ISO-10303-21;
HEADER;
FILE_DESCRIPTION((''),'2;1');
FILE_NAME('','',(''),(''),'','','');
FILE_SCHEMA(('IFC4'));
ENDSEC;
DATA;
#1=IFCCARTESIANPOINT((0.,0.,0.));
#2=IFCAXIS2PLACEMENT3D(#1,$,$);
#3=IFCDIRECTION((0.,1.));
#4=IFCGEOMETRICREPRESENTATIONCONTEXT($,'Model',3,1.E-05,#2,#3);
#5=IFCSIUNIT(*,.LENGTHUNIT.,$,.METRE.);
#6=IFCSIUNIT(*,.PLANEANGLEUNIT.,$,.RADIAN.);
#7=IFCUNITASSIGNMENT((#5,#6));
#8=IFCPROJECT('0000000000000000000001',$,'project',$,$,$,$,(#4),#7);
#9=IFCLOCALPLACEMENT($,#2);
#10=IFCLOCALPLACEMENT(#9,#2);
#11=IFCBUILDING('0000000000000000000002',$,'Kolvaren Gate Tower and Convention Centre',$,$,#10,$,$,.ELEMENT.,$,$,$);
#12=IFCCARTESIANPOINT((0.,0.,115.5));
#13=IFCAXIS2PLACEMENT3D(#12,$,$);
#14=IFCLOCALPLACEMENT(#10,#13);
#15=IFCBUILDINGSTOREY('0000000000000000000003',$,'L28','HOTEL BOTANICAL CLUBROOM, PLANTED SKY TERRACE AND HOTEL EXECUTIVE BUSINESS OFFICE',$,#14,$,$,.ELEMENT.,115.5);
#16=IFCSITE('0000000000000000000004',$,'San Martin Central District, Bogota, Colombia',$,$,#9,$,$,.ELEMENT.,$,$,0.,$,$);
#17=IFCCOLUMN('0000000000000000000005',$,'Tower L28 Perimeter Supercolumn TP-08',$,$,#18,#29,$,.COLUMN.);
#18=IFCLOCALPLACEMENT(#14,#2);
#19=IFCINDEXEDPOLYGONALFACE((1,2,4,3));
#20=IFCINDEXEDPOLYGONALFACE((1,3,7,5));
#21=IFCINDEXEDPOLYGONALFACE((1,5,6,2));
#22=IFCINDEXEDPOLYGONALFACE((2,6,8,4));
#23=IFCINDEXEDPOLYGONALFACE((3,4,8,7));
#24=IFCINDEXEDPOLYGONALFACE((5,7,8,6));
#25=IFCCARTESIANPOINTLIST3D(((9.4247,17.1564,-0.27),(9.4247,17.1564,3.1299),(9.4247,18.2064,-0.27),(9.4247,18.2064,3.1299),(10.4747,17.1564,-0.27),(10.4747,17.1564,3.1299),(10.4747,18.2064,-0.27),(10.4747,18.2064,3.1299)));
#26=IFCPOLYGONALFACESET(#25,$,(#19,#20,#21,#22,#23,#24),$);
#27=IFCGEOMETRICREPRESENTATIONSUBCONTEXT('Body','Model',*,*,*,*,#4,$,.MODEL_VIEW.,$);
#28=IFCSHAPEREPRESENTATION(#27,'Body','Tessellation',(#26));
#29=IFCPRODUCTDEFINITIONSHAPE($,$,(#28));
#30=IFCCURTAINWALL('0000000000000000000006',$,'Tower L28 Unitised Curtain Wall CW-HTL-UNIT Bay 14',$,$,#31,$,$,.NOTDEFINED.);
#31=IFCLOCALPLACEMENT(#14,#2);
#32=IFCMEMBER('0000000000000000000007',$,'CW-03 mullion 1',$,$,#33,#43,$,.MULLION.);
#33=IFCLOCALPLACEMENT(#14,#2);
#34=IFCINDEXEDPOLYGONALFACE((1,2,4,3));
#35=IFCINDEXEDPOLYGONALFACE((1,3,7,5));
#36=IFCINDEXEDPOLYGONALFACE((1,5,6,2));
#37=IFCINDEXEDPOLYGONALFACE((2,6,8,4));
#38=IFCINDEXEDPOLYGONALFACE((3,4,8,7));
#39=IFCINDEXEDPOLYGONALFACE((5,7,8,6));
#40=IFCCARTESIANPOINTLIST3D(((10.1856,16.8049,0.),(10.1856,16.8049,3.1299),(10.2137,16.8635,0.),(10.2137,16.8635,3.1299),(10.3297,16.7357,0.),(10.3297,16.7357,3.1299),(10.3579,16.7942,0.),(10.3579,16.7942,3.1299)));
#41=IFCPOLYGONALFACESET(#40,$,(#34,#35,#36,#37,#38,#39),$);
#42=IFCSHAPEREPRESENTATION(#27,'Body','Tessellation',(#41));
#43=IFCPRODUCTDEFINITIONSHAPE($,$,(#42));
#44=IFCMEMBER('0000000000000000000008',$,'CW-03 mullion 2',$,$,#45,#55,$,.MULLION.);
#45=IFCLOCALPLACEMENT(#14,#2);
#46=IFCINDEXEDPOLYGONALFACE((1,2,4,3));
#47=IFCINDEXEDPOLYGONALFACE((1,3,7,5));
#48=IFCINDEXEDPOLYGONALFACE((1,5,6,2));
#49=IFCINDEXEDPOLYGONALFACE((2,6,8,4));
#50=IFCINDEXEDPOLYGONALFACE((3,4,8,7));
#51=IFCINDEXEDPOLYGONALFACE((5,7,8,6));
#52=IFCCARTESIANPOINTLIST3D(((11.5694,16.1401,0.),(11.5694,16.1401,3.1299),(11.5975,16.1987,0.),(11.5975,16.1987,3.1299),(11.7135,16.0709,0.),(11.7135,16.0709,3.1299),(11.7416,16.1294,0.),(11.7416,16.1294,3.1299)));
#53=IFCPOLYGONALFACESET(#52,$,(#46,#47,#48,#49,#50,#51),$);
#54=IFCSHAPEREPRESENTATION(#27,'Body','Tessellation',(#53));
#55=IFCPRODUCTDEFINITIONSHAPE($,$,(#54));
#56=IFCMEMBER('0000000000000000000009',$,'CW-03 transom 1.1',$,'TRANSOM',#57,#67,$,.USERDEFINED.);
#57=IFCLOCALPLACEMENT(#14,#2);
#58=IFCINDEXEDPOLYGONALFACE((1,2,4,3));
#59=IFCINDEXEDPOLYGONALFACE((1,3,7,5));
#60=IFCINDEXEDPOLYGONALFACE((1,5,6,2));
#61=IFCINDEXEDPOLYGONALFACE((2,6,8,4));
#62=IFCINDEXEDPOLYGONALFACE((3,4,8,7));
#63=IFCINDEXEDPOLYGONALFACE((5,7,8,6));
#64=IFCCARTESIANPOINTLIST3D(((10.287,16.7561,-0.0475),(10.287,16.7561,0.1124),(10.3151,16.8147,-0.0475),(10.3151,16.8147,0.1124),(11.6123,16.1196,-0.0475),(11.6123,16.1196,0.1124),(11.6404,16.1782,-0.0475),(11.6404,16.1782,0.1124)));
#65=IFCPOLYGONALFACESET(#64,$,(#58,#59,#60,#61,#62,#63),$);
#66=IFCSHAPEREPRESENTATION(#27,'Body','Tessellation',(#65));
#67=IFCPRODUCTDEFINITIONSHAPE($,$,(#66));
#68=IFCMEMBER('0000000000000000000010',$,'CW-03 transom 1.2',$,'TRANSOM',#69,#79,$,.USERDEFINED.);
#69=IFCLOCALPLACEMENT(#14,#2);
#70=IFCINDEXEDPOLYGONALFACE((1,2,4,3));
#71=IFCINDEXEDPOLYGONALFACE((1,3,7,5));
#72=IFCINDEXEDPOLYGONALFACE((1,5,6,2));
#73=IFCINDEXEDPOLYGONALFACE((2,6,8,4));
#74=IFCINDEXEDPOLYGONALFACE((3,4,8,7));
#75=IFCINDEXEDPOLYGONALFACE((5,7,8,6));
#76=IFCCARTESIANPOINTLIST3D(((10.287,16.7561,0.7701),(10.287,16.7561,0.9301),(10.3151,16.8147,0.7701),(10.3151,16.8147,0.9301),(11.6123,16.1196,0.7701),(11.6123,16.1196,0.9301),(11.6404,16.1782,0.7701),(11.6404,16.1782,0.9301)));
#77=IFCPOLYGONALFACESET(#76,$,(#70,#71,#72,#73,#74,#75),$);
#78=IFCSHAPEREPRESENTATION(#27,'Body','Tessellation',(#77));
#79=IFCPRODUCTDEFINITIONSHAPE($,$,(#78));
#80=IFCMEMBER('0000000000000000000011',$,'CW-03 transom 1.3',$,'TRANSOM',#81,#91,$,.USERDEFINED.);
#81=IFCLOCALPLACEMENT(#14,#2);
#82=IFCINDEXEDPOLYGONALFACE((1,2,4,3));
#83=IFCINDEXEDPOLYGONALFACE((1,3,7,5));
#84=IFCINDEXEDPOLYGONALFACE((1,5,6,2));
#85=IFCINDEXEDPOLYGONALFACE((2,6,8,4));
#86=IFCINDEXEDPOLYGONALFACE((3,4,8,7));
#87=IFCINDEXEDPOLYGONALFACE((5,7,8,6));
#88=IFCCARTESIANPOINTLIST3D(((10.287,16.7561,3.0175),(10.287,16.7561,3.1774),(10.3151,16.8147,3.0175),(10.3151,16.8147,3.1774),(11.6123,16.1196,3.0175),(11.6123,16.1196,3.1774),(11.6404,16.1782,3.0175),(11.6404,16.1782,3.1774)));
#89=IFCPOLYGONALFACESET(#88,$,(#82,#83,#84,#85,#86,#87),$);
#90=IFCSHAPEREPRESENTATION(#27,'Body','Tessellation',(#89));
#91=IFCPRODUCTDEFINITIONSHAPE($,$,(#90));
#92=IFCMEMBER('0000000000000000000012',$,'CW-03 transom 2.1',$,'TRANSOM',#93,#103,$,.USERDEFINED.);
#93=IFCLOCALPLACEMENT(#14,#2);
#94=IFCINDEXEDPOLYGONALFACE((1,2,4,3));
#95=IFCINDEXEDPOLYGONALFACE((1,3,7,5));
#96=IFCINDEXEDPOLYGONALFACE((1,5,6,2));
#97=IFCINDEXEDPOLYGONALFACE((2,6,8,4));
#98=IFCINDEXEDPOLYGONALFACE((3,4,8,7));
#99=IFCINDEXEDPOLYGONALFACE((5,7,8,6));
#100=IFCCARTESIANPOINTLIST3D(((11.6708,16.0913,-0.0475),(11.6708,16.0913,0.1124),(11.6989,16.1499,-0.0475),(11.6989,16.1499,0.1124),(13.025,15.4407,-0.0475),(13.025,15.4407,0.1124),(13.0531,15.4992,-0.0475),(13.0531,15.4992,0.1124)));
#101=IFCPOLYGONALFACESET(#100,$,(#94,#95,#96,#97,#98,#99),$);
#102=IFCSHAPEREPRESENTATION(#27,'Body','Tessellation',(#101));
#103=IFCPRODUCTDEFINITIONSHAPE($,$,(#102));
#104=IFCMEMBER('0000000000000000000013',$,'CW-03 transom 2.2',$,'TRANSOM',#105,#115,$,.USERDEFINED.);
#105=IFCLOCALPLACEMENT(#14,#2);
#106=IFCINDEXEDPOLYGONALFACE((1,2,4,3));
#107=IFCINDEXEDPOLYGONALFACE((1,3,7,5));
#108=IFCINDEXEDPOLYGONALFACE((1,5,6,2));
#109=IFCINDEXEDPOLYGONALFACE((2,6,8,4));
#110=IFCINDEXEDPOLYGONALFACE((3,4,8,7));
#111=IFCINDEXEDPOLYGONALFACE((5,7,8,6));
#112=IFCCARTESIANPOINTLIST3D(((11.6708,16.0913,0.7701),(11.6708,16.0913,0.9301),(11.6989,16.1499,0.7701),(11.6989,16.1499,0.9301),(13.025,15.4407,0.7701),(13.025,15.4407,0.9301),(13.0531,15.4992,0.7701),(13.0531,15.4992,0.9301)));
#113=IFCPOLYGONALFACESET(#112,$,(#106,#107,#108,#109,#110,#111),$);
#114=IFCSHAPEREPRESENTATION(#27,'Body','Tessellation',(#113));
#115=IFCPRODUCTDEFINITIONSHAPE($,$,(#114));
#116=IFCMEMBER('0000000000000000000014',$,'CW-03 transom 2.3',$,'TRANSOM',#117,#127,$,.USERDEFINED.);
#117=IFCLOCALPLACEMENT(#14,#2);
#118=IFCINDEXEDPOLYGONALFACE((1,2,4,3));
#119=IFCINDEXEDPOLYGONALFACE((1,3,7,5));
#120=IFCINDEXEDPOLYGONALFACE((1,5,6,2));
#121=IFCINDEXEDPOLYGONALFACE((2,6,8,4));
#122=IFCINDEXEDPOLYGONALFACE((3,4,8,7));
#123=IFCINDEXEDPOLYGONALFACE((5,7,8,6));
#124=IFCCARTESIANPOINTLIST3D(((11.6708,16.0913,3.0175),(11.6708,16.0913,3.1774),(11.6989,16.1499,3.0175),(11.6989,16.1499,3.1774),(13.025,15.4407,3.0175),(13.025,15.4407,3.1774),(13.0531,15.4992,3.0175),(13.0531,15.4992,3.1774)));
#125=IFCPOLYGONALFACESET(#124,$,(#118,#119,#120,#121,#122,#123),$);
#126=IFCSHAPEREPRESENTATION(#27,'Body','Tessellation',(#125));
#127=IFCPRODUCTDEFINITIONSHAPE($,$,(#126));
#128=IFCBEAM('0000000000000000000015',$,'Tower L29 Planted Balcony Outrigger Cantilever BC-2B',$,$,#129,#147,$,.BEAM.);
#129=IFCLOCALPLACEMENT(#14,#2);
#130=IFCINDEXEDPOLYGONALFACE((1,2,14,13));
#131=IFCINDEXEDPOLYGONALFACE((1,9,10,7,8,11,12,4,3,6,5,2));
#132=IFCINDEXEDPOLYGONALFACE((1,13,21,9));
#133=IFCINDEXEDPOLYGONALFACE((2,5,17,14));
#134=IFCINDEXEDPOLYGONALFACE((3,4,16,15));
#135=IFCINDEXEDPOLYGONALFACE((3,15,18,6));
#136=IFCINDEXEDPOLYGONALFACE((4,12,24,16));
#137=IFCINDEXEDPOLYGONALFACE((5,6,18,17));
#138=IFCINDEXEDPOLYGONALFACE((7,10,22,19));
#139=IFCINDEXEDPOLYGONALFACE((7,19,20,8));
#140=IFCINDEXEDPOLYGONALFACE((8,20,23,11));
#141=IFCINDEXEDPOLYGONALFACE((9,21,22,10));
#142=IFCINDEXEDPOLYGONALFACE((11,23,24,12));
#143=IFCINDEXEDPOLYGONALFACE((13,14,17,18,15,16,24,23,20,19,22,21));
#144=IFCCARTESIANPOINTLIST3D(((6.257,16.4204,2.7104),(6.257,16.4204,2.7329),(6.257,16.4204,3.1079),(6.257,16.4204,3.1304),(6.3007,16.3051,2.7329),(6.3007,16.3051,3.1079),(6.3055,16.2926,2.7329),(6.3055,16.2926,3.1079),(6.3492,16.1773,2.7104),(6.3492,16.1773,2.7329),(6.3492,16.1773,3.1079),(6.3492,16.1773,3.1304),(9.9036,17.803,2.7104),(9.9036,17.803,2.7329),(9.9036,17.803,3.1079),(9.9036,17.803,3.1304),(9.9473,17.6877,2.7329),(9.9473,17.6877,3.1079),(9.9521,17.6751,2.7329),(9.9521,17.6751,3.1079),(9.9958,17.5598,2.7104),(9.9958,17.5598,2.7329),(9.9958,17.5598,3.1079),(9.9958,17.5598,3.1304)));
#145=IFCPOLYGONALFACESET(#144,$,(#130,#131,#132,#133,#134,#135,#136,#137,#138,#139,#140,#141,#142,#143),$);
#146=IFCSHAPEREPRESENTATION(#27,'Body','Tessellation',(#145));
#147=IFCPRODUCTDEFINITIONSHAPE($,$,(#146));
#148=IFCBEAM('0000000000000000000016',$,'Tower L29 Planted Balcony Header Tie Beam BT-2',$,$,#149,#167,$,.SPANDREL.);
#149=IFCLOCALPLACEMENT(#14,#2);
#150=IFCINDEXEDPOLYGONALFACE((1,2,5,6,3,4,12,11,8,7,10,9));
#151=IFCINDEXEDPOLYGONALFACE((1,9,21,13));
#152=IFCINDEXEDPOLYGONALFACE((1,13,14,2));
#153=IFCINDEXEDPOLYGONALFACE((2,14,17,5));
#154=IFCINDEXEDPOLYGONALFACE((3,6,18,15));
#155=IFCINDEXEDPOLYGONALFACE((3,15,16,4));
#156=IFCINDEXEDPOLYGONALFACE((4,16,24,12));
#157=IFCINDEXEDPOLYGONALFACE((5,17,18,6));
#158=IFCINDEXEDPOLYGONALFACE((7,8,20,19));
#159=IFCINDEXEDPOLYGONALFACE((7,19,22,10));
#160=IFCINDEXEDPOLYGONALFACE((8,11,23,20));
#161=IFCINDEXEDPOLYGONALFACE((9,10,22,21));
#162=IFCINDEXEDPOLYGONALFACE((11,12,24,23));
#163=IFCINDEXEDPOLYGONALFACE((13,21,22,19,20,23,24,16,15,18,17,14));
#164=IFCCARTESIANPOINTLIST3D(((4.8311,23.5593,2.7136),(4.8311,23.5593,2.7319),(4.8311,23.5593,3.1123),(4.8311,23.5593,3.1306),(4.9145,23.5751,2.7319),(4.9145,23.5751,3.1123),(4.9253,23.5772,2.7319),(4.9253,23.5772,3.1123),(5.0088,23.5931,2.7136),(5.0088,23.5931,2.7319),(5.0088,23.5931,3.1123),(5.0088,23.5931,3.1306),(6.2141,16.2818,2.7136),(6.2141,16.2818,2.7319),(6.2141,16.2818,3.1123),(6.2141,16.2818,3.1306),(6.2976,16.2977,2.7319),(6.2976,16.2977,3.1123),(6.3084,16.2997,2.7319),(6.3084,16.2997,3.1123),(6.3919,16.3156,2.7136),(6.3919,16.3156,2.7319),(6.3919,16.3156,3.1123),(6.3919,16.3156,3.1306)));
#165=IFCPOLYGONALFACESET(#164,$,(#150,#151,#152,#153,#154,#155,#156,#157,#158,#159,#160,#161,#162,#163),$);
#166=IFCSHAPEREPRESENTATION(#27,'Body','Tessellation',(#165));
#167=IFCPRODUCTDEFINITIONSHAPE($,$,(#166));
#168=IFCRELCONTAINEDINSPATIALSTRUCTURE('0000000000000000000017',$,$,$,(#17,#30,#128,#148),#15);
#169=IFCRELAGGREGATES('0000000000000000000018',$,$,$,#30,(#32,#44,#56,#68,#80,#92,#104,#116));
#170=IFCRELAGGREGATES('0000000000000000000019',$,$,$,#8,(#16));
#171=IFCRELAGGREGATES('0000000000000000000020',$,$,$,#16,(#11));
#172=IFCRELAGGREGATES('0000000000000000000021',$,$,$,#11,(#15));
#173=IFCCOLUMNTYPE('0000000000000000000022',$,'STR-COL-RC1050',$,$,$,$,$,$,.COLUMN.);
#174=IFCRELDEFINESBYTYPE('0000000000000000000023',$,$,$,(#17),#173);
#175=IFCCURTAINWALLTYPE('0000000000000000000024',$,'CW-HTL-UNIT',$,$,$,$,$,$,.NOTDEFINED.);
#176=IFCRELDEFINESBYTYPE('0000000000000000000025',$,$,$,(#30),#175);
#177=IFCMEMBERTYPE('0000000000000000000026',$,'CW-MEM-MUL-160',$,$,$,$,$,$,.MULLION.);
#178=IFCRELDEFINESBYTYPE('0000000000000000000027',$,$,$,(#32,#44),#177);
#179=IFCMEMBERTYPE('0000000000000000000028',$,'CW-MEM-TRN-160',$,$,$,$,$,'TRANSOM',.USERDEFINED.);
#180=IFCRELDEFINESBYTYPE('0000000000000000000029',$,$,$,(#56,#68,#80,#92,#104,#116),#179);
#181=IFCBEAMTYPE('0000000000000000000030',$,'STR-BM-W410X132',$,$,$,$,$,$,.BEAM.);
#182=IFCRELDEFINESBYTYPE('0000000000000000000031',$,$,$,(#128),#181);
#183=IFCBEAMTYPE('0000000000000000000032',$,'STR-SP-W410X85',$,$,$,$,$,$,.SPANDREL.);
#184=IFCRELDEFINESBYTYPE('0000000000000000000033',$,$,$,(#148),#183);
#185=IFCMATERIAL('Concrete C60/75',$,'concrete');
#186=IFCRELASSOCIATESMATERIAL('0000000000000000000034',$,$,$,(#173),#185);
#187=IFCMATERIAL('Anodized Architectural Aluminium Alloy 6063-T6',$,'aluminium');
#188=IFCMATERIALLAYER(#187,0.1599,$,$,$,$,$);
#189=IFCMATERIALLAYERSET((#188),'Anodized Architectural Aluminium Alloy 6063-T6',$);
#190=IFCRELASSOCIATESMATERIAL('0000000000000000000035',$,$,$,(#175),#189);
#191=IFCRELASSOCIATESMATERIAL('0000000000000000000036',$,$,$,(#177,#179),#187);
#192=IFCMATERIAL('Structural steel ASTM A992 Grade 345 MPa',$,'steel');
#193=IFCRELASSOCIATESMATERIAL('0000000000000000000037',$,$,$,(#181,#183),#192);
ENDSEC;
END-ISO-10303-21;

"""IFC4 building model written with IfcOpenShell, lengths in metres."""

from ifc_helpers import new_model, si_unit, direction, frame, origin, origin_2d, place, context, subcontext, project, spatial, rectangle, i_section, extrude, material, layer, layer_set, material_profile, profile_set, type_object, element, aggregate, save


model = new_model("IFC4")

# Units and contexts
model_context = context("Model", 3, precision=1e-05, world=origin(), true_north=direction((0.0, 1.0)))
body_context = subcontext(model_context, "Body", "Model", "MODEL_VIEW")
ifc_project = project(units=[si_unit("LENGTHUNIT", "METRE"), si_unit("PLANEANGLEUNIT", "RADIAN")], contexts=[model_context])

# Site, building, storey
site_placement = place(None, origin())
site = spatial("IfcSite", under=ifc_project, at=site_placement, Name="San Martin Central District, Bogota, Colombia", CompositionType="ELEMENT", RefElevation=0.0)
building_placement = place(site_placement, origin())
building = spatial("IfcBuilding", under=site, at=building_placement, Name="Kolvaren Gate Tower and Convention Centre", CompositionType="ELEMENT")
storey_placement = place(building_placement, frame((0.0, 0.0, 115.5)))
storey = spatial("IfcBuildingStorey", under=building, at=storey_placement, Name="L28", Description="HOTEL BOTANICAL CLUBROOM, PLANTED SKY TERRACE AND HOTEL EXECUTIVE BUSINESS OFFICE", CompositionType="ELEMENT", Elevation=115.5)

# Column
ifc_material_1 = material(Name="Concrete C60/75", Category="concrete")
ifc_material_profile_1 = material_profile(ifc_material_1, rectangle(XDim=1.05, YDim=1.05, at=origin_2d()), Name="RC-COL-1050X1050")
ifc_profile_set_1 = profile_set([ifc_material_profile_1], Name="Concrete C60/75")
column_type = type_object("IfcColumnType", Name="STR-COL-RC1050", PredefinedType="COLUMN", material=ifc_profile_set_1)
column_placement = place(storey_placement, frame((9.9497, 17.6814, -0.27), z_axis=(0.0, 0.0, 1.0), x_axis=(1.0, 0.0, 0.0)))
element("IfcColumn", 1, at=column_placement, inside=storey, type_object=column_type, Name="Tower L28 Perimeter Supercolumn TP-08", PredefinedType="COLUMN", context=body_context, shape_type="SweptSolid", body=[
    extrude(rectangle(XDim=1.05, YDim=1.05, at=origin_2d()), origin(), (0.0, 0.0, 1.0), 3.3999),
])

# Curtain wall, members
ifc_material_2 = material(Name="Anodized Architectural Aluminium Alloy 6063-T6", Category="aluminium")
ifc_layer_1 = layer(ifc_material_2, 0.1599)
ifc_layer_set_1 = layer_set([ifc_layer_1], Name="Anodized Architectural Aluminium Alloy 6063-T6")
curtain_wall_type = type_object("IfcCurtainWallType", Name="CW-HTL-UNIT", PredefinedType="NOTDEFINED", material=ifc_layer_set_1)
curtain_wall_placement = place(storey_placement, origin())
curtain_wall = element("IfcCurtainWall", 2, at=curtain_wall_placement, inside=storey, type_object=curtain_wall_type, Name="Tower L28 Unitised Curtain Wall CW-HTL-UNIT Bay 14", PredefinedType="NOTDEFINED")
ifc_material_profile_2 = material_profile(ifc_material_2, rectangle(XDim=0.0649, YDim=0.1599, at=origin_2d()), Name="CW-MEM-MUL-160")
ifc_profile_set_2 = profile_set([ifc_material_profile_2], Name="Anodized Architectural Aluminium Alloy 6063-T6")
member_type_1 = type_object("IfcMemberType", Name="CW-MEM-MUL-160", PredefinedType="MULLION", material=ifc_profile_set_2)
member_1_placement = place(storey_placement, frame((10.2717, 16.7996, 0.0), z_axis=(0.0, 0.0, 1.0), x_axis=(0.433073, 0.901359, 0.0)))
member_1 = element("IfcMember", 3, at=member_1_placement, type_object=member_type_1, Name="CW-03 mullion 1", PredefinedType="MULLION", context=body_context, shape_type="SweptSolid", body=[
    extrude(rectangle(XDim=0.0649, YDim=0.1599, at=origin_2d()), origin(), (0.0, 0.0, 1.0), 3.1299),
])
member_2_placement = place(storey_placement, frame((11.6555, 16.1348, 0.0), z_axis=(0.0, 0.0, 1.0), x_axis=(0.433073, 0.901359, 0.0)))
member_2 = element("IfcMember", 4, at=member_2_placement, type_object=member_type_1, Name="CW-03 mullion 2", PredefinedType="MULLION", context=body_context, shape_type="SweptSolid", body=[
    extrude(rectangle(XDim=0.0649, YDim=0.1599, at=origin_2d()), origin(), (0.0, 0.0, 1.0), 3.1299),
])
ifc_material_profile_3 = material_profile(ifc_material_2, rectangle(XDim=0.0649, YDim=0.1599, at=origin_2d()), Name="CW-MEM-TRN-160")
ifc_profile_set_3 = profile_set([ifc_material_profile_3], Name="Anodized Architectural Aluminium Alloy 6063-T6")
member_type_2 = type_object("IfcMemberType", Name="CW-MEM-TRN-160", ElementType="TRANSOM", PredefinedType="USERDEFINED", material=ifc_profile_set_3)
member_3_placement = place(storey_placement, frame((10.301, 16.7854, 0.0325), z_axis=(0.901422, -0.432942, 0.0), x_axis=(0.432942, 0.901422, 0.0)))
member_3 = element("IfcMember", 5, at=member_3_placement, type_object=member_type_2, Name="CW-03 transom 1.1", ObjectType="TRANSOM", PredefinedType="USERDEFINED", context=body_context, shape_type="SweptSolid", body=[
    extrude(rectangle(XDim=0.0649, YDim=0.1599, at=origin_2d()), origin(), (0.0, 0.0, 1.0), 1.4702),
])
member_4_placement = place(storey_placement, frame((10.301, 16.7854, 0.8501), z_axis=(0.901422, -0.432942, 0.0), x_axis=(0.432942, 0.901422, 0.0)))
member_4 = element("IfcMember", 6, at=member_4_placement, type_object=member_type_2, Name="CW-03 transom 1.2", ObjectType="TRANSOM", PredefinedType="USERDEFINED", context=body_context, shape_type="SweptSolid", body=[
    extrude(rectangle(XDim=0.0649, YDim=0.1599, at=origin_2d()), origin(), (0.0, 0.0, 1.0), 1.4702),
])
member_5_placement = place(storey_placement, frame((10.301, 16.7854, 3.0974), z_axis=(0.901422, -0.432942, 0.0), x_axis=(0.432942, 0.901422, 0.0)))
member_5 = element("IfcMember", 7, at=member_5_placement, type_object=member_type_2, Name="CW-03 transom 1.3", ObjectType="TRANSOM", PredefinedType="USERDEFINED", context=body_context, shape_type="SweptSolid", body=[
    extrude(rectangle(XDim=0.0649, YDim=0.1599, at=origin_2d()), origin(), (0.0, 0.0, 1.0), 1.4702),
])
member_6_placement = place(storey_placement, frame((11.6848, 16.1206, 0.0325), z_axis=(0.901368, -0.433053, 0.0), x_axis=(0.433053, 0.901368, 0.0)))
member_6 = element("IfcMember", 8, at=member_6_placement, type_object=member_type_2, Name="CW-03 transom 2.1", ObjectType="TRANSOM", PredefinedType="USERDEFINED", context=body_context, shape_type="SweptSolid", body=[
    extrude(rectangle(XDim=0.0649, YDim=0.1599, at=origin_2d()), origin(), (0.0, 0.0, 1.0), 1.5024),
])
member_7_placement = place(storey_placement, frame((11.6848, 16.1206, 0.8501), z_axis=(0.901368, -0.433053, 0.0), x_axis=(0.433053, 0.901368, 0.0)))
member_7 = element("IfcMember", 9, at=member_7_placement, type_object=member_type_2, Name="CW-03 transom 2.2", ObjectType="TRANSOM", PredefinedType="USERDEFINED", context=body_context, shape_type="SweptSolid", body=[
    extrude(rectangle(XDim=0.0649, YDim=0.1599, at=origin_2d()), origin(), (0.0, 0.0, 1.0), 1.5024),
])
member_8_placement = place(storey_placement, frame((11.6848, 16.1206, 3.0974), z_axis=(0.901368, -0.433053, 0.0), x_axis=(0.433053, 0.901368, 0.0)))
member_8 = element("IfcMember", 10, at=member_8_placement, type_object=member_type_2, Name="CW-03 transom 2.3", ObjectType="TRANSOM", PredefinedType="USERDEFINED", context=body_context, shape_type="SweptSolid", body=[
    extrude(rectangle(XDim=0.0649, YDim=0.1599, at=origin_2d()), origin(), (0.0, 0.0, 1.0), 1.5024),
])

# Beams
ifc_material_3 = material(Name="Structural steel ASTM A992 Grade 345 MPa", Category="steel")
ifc_material_profile_4 = material_profile(ifc_material_3, i_section(OverallWidth=0.26, OverallDepth=0.4199, WebThickness=0.0134, FlangeThickness=0.0225, at=origin_2d()), Name="W410X132")
ifc_profile_set_4 = profile_set([ifc_material_profile_4], Name="Structural steel ASTM A992 Grade 345 MPa")
beam_type_1 = type_object("IfcBeamType", Name="STR-BM-W410X132", PredefinedType="BEAM", material=ifc_profile_set_4)
beam_1_placement = place(storey_placement, frame((9.9497, 17.6814, 2.9204), z_axis=(-0.935055, -0.354503, 0.0), x_axis=(0.354503, -0.935055, 0.0)))
element("IfcBeam", 11, at=beam_1_placement, inside=storey, type_object=beam_type_1, Name="Tower L29 Planted Balcony Outrigger Cantilever BC-2B", PredefinedType="BEAM", context=body_context, shape_type="SweptSolid", body=[
    extrude(i_section(OverallWidth=0.26, OverallDepth=0.4199, WebThickness=0.0134, FlangeThickness=0.0225, at=origin_2d()), origin(), (0.0, 0.0, 1.0), 3.8999),
])
ifc_material_profile_5 = material_profile(ifc_material_3, i_section(OverallWidth=0.1809, OverallDepth=0.417, WebThickness=0.011, FlangeThickness=0.0183, at=origin_2d()), Name="W410X85")
ifc_profile_set_5 = profile_set([ifc_material_profile_5], Name="Structural steel ASTM A992 Grade 345 MPa")
beam_type_2 = type_object("IfcBeamType", Name="STR-SP-W410X85", PredefinedType="SPANDREL", material=ifc_profile_set_5)
beam_2_placement = place(storey_placement, frame((4.9199, 23.5762, 2.9221), z_axis=(0.186708, -0.982416, 0.0), x_axis=(0.982416, 0.186708, 0.0)))
element("IfcBeam", 12, at=beam_2_placement, inside=storey, type_object=beam_type_2, Name="Tower L29 Planted Balcony Header Tie Beam BT-2", PredefinedType="SPANDREL", context=body_context, shape_type="SweptSolid", body=[
    extrude(i_section(OverallWidth=0.1809, OverallDepth=0.417, WebThickness=0.011, FlangeThickness=0.0183, at=origin_2d()), origin(), (0.0, 0.0, 1.0), 7.4077),
])

aggregate(curtain_wall, [member_1, member_2, member_3, member_4, member_5, member_6, member_7, member_8])

save(model, "model.ifc")
